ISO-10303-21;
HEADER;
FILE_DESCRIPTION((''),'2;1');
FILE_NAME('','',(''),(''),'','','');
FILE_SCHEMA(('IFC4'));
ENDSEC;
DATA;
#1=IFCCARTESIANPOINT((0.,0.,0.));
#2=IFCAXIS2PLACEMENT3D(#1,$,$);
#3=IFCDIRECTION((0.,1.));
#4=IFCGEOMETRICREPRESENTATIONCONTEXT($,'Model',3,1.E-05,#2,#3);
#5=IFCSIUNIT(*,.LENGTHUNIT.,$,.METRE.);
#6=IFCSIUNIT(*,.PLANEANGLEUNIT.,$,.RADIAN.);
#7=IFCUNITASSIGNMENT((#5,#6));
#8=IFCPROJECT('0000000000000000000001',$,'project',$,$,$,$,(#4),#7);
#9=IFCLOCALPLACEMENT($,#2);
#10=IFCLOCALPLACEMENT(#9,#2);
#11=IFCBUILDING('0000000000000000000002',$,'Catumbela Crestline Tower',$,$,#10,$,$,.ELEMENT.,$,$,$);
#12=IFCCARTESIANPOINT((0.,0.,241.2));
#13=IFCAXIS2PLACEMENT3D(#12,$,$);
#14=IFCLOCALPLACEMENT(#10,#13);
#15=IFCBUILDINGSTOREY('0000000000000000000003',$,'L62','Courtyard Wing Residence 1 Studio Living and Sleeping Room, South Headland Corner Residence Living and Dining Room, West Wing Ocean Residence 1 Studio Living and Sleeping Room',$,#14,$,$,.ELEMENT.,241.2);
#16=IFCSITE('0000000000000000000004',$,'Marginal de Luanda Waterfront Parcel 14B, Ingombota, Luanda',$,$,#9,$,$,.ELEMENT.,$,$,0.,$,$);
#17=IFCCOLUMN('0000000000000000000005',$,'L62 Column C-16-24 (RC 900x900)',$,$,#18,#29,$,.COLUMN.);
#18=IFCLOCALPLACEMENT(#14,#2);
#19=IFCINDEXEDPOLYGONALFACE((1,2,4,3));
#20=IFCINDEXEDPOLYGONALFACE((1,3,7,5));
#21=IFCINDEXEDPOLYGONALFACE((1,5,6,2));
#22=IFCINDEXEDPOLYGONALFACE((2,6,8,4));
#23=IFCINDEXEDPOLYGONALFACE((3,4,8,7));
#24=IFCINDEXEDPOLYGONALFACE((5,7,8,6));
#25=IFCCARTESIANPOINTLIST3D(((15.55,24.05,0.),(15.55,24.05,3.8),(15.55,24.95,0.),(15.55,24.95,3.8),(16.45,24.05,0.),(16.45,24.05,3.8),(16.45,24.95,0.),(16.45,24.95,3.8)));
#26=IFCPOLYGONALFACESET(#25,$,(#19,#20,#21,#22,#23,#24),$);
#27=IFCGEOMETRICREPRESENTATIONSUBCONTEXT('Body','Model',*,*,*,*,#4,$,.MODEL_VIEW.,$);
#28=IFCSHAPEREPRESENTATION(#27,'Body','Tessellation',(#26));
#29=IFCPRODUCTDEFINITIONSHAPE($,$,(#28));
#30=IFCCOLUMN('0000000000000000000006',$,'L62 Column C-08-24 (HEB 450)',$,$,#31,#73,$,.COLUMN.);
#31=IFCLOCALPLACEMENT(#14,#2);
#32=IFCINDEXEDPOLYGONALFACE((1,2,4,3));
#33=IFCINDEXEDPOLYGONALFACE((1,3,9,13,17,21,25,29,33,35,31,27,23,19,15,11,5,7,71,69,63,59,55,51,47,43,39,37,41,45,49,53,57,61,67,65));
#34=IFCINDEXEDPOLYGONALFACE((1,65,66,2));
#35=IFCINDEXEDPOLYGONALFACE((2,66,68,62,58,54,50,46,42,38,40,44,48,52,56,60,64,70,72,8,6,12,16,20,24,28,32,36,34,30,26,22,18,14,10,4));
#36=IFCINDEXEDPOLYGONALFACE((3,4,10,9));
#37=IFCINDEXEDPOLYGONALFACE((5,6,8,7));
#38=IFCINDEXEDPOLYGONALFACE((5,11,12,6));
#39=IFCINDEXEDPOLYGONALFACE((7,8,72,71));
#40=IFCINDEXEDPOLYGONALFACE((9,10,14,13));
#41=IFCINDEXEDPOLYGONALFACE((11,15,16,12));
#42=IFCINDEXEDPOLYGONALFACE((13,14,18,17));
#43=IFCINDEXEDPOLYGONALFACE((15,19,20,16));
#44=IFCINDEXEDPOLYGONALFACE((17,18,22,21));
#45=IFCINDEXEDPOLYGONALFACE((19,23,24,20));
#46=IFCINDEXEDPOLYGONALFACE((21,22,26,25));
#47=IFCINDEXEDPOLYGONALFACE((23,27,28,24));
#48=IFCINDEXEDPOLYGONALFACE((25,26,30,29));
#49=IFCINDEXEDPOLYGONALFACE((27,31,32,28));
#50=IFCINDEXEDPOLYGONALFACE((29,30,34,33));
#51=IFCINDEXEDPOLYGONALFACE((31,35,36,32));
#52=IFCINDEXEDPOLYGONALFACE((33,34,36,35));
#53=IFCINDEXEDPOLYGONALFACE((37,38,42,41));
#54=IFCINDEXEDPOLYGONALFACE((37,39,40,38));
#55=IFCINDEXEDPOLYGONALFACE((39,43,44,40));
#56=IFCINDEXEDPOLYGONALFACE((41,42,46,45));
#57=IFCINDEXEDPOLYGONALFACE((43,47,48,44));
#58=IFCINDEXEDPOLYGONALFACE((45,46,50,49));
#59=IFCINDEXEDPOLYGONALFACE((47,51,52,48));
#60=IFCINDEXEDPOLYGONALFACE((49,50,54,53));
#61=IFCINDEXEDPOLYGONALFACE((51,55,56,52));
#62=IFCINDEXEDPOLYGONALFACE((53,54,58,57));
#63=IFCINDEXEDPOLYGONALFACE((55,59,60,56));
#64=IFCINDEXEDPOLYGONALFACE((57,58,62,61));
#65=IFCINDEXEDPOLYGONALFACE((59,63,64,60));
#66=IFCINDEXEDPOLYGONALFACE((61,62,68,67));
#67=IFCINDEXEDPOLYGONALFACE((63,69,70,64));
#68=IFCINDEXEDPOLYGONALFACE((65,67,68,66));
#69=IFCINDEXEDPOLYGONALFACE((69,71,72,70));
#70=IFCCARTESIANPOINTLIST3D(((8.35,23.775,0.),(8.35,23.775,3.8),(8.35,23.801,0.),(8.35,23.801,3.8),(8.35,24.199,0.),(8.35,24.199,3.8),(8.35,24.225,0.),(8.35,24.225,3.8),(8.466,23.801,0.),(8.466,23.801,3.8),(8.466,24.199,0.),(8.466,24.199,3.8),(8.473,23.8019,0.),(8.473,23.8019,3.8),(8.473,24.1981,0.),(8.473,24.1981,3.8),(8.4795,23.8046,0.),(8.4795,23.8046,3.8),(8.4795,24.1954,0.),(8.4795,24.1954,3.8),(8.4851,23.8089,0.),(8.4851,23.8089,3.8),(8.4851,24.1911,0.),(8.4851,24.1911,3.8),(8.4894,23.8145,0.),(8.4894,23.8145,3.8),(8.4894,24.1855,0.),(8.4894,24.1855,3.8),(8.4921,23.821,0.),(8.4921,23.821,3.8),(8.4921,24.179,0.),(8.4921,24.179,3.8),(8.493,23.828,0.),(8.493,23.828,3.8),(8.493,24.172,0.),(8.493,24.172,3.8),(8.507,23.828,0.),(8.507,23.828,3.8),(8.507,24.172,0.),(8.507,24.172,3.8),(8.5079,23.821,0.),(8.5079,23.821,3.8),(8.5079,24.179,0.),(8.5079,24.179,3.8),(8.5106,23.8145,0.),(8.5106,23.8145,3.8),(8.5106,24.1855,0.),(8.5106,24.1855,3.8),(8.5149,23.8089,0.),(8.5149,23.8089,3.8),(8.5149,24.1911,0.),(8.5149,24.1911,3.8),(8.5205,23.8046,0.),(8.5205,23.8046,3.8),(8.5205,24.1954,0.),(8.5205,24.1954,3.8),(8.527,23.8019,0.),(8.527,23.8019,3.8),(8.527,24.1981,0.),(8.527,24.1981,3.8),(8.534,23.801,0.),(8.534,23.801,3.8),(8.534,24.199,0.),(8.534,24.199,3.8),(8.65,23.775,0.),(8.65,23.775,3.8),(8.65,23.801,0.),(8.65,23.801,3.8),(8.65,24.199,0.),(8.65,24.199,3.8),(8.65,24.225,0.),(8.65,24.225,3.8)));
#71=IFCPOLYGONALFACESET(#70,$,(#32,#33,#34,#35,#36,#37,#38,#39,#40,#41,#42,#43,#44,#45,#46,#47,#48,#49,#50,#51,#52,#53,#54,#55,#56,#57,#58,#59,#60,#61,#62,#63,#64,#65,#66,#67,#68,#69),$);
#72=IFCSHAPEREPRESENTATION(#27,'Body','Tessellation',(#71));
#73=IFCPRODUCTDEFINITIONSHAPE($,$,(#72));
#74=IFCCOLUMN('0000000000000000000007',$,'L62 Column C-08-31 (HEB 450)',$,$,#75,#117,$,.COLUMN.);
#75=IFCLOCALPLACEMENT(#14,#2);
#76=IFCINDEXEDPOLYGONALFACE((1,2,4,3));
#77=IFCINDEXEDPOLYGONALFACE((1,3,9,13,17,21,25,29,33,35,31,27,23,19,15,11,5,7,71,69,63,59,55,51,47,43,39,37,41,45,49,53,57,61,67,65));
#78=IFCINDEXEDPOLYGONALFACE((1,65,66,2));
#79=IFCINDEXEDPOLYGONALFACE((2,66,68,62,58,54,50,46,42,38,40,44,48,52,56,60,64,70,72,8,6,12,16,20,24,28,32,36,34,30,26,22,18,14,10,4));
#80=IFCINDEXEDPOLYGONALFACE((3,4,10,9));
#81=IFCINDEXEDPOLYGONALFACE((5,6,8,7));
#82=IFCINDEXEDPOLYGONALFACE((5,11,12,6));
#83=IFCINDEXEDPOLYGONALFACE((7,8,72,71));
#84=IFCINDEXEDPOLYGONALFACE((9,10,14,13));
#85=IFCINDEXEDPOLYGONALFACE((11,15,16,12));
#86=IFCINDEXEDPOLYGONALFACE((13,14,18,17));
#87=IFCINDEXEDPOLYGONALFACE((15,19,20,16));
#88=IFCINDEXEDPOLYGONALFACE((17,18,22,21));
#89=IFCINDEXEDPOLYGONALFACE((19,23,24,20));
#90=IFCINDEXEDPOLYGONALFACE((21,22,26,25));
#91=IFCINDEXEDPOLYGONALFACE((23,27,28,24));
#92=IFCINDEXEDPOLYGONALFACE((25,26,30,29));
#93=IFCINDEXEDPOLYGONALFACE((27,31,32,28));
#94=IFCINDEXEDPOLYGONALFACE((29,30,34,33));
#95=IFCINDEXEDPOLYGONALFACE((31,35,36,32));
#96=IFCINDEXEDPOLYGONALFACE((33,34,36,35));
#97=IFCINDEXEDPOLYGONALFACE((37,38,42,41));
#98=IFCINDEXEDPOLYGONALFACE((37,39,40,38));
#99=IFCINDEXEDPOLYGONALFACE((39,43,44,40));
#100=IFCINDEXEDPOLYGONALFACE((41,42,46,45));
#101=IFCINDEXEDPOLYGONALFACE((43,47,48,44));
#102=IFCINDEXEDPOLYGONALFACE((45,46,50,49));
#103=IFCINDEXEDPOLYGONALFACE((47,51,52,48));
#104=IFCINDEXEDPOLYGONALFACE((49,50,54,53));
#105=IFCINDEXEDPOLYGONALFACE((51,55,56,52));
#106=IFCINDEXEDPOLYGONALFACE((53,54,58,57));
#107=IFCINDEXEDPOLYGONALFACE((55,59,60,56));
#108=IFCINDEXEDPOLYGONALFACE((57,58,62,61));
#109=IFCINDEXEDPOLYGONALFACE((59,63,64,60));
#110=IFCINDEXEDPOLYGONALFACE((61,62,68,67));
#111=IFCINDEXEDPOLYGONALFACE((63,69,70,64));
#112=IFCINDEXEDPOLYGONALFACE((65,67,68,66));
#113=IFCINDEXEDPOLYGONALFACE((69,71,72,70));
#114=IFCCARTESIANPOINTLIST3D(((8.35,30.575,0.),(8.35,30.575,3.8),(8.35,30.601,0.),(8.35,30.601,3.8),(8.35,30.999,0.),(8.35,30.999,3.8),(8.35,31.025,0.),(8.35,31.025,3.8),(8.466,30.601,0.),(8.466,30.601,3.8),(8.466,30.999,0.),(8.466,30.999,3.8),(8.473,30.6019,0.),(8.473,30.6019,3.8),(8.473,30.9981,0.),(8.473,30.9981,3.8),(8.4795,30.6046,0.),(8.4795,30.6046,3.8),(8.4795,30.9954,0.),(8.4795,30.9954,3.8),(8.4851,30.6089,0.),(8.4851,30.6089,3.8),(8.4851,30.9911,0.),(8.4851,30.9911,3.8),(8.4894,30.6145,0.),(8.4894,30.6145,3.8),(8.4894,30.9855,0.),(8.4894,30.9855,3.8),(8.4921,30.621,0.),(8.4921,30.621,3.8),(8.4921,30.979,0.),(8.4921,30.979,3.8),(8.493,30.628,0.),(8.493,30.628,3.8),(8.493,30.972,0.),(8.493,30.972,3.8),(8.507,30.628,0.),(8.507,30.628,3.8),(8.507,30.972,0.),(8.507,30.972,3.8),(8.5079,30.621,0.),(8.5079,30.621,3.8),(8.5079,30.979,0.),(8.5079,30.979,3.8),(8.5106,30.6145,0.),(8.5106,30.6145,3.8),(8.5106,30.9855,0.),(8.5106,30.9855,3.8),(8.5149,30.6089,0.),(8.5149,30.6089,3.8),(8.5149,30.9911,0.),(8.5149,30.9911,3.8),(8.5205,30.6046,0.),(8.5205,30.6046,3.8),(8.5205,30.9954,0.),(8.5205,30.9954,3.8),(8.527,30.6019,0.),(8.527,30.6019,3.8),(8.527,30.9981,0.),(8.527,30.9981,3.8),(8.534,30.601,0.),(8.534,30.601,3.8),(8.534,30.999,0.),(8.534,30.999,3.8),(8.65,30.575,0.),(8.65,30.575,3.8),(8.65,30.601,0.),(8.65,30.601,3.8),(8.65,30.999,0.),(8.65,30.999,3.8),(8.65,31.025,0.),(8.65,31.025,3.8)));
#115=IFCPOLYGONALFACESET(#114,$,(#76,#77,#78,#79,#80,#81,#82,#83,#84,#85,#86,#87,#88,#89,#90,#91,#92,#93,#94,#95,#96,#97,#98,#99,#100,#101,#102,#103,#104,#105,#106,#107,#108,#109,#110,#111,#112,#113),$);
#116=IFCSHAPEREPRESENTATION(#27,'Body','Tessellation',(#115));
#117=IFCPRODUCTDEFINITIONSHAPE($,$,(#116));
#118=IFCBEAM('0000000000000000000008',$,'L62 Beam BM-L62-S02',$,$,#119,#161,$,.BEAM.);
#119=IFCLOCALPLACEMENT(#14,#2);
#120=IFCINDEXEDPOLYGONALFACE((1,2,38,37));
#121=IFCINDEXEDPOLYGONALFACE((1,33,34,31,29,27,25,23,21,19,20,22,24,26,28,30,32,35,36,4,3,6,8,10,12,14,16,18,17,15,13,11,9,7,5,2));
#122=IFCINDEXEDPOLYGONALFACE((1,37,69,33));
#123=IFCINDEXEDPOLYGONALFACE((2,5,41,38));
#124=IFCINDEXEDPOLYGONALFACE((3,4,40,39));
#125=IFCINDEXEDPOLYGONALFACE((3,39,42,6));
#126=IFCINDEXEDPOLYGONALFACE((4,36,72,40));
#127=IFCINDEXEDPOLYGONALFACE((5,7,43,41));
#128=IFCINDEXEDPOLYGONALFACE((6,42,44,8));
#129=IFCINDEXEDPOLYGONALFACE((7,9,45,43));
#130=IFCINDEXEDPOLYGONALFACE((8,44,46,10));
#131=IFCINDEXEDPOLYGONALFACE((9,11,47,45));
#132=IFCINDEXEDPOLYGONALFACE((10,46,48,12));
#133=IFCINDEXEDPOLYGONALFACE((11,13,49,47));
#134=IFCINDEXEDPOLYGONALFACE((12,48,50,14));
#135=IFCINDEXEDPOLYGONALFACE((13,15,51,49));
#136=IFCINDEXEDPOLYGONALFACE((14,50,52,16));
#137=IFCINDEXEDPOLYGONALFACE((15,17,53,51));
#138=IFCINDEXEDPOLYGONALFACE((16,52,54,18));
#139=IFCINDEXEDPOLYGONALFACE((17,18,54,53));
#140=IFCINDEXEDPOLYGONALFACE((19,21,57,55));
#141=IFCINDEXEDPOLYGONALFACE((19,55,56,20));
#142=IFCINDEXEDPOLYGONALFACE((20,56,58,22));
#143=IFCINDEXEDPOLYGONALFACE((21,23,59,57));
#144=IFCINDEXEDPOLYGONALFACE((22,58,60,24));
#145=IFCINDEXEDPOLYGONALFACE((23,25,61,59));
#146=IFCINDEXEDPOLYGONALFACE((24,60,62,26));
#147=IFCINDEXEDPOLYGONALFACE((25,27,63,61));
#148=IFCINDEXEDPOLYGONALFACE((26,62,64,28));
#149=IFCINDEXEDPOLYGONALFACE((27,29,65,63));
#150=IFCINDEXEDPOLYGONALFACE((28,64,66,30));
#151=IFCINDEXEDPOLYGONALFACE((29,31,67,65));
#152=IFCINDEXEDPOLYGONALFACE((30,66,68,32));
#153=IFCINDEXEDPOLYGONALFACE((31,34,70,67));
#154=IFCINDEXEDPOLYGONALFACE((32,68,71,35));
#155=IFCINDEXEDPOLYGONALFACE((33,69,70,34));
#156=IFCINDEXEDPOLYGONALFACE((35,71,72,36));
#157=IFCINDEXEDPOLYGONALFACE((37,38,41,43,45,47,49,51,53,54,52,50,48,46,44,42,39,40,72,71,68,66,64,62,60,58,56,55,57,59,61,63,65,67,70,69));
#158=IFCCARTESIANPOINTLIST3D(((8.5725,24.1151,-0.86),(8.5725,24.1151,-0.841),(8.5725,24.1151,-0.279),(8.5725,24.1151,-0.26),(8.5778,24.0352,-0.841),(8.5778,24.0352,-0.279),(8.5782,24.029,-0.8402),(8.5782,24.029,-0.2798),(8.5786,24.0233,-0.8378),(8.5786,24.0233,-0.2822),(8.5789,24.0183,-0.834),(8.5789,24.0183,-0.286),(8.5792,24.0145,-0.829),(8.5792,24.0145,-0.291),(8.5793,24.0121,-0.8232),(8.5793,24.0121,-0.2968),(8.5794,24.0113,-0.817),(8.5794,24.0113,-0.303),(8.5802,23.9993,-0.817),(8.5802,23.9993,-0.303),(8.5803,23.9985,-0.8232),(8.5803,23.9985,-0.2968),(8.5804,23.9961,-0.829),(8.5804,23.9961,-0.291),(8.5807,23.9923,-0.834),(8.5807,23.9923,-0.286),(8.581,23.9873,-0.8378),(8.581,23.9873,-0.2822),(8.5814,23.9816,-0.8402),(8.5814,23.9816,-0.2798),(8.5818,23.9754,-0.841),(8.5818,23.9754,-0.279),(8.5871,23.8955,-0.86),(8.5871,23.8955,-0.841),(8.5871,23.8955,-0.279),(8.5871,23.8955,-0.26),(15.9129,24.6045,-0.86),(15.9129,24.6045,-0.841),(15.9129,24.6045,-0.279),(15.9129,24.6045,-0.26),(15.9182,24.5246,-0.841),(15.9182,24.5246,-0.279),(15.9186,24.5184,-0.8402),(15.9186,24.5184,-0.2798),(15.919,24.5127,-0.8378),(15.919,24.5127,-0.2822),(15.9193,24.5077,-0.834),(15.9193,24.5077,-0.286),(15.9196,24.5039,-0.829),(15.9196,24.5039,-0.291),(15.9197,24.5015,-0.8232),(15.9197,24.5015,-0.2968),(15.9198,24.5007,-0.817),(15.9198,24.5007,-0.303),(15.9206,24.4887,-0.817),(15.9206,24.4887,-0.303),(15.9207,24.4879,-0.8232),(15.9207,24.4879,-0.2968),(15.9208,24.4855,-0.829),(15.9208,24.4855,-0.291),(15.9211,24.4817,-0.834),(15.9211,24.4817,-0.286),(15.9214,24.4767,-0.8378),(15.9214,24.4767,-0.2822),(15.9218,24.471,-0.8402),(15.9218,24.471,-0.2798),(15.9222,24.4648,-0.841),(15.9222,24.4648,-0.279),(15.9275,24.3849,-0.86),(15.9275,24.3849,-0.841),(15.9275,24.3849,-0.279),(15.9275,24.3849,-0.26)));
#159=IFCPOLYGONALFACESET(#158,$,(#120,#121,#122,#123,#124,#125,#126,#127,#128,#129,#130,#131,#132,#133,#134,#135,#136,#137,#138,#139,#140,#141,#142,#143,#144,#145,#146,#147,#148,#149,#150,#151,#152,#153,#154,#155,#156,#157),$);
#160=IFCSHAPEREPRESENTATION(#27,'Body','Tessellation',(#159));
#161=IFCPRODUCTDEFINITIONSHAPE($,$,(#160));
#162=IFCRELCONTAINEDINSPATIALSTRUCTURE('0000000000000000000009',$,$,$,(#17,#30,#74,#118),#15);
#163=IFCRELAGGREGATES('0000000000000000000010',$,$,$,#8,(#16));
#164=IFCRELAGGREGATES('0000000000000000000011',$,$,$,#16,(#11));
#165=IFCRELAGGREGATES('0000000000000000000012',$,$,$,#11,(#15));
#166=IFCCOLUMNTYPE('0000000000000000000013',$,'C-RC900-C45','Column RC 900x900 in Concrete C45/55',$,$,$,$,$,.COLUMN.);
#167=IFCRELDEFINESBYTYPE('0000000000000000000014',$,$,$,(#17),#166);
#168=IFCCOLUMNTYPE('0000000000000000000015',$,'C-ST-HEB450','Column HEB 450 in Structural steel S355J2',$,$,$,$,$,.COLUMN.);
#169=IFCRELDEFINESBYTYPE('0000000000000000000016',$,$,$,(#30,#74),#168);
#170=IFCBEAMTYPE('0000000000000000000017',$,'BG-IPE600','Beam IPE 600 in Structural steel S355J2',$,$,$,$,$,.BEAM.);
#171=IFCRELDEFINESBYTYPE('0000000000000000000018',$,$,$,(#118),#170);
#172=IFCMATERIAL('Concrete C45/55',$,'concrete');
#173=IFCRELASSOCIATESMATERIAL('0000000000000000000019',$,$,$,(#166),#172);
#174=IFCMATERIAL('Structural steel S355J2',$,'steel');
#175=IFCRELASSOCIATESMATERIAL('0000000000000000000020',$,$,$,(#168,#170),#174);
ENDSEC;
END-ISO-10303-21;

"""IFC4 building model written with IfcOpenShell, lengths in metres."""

from ifc_helpers import new_model, si_unit, direction, frame, origin, origin_2d, place, context, subcontext, project, spatial, rectangle, i_section, extrude, material, material_profile, profile_set, type_object, element, save


model = new_model("IFC4")

# Units and contexts
model_context = context("Model", 3, precision=1e-05, world=origin(), true_north=direction((0.0, 1.0)))
body_context = subcontext(model_context, "Body", "Model", "MODEL_VIEW")
ifc_project = project(units=[si_unit("LENGTHUNIT", "METRE"), si_unit("PLANEANGLEUNIT", "RADIAN")], contexts=[model_context])

# Site, building, storey
site_placement = place(None, origin())
site = spatial("IfcSite", under=ifc_project, at=site_placement, Name="Marginal de Luanda Waterfront Parcel 14B, Ingombota, Luanda", CompositionType="ELEMENT", RefElevation=0.0)
building_placement = place(site_placement, origin())
building = spatial("IfcBuilding", under=site, at=building_placement, Name="Catumbela Crestline Tower", CompositionType="ELEMENT")
storey_placement = place(building_placement, frame((0.0, 0.0, 241.2)))
storey = spatial("IfcBuildingStorey", under=building, at=storey_placement, Name="L62", Description="Courtyard Wing Residence 1 Studio Living and Sleeping Room, South Headland Corner Residence Living and Dining Room, West Wing Ocean Residence 1 Studio Living and Sleeping Room", CompositionType="ELEMENT", Elevation=241.2)

# Columns
ifc_material_1 = material(Name="Concrete C45/55", Category="concrete")
ifc_material_profile_1 = material_profile(ifc_material_1, rectangle(XDim=0.9, YDim=0.9, at=origin_2d()), Name="RC 900x900")
ifc_profile_set_1 = profile_set([ifc_material_profile_1], Name="Concrete C45/55")
column_type_1 = type_object("IfcColumnType", Name="C-RC900-C45", Description="Column RC 900x900 in Concrete C45/55", PredefinedType="COLUMN", material=ifc_profile_set_1)
column_placement = place(storey_placement, frame((16.0, 24.5, 0.0), z_axis=(0.0, 0.0, 1.0), x_axis=(1.0, 0.0, 0.0)))
element("IfcColumn", 1, at=column_placement, inside=storey, type_object=column_type_1, Name="L62 Column C-16-24 (RC 900x900)", PredefinedType="COLUMN", context=body_context, shape_type="SweptSolid", body=[
    extrude(rectangle(XDim=0.9, YDim=0.9, at=origin_2d()), origin(), (0.0, 0.0, 1.0), 3.8),
])
ifc_material_2 = material(Name="Structural steel S355J2", Category="steel")
ifc_material_profile_2 = material_profile(ifc_material_2, i_section(OverallWidth=0.3, OverallDepth=0.45, WebThickness=0.014, FlangeThickness=0.026, FilletRadius=0.027, at=origin_2d()), Name="HEB 450")
ifc_profile_set_2 = profile_set([ifc_material_profile_2], Name="Structural steel S355J2")
column_type_2 = type_object("IfcColumnType", Name="C-ST-HEB450", Description="Column HEB 450 in Structural steel S355J2", PredefinedType="COLUMN", material=ifc_profile_set_2)
for number, where, z_axis, x_axis, name in (
    (2, (8.5, 24.0, 0.0), (0.0, 0.0, 1.0), (1.0, 0.0, 0.0), "L62 Column C-08-24 (HEB 450)"),
    (3, (8.5, 30.8, 0.0), (0.0, 0.0, 1.0), (1.0, 0.0, 0.0), "L62 Column C-08-31 (HEB 450)"),
):
    element("IfcColumn", number, at=place(storey_placement, frame(where, z_axis=z_axis, x_axis=x_axis)), inside=storey, type_object=column_type_2, Name=name, PredefinedType="COLUMN", context=body_context, shape_type="SweptSolid", body=[
        extrude(i_section(OverallWidth=0.3, OverallDepth=0.45, WebThickness=0.014, FlangeThickness=0.026, FilletRadius=0.027, at=origin_2d()), origin(), (0.0, 0.0, 1.0), 3.8),
    ])

# Beam
ifc_material_profile_3 = material_profile(ifc_material_2, i_section(OverallWidth=0.22, OverallDepth=0.6, WebThickness=0.012, FlangeThickness=0.019, FilletRadius=0.024, at=origin_2d()), Name="IPE 600")
ifc_profile_set_3 = profile_set([ifc_material_profile_3], Name="Structural steel S355J2")
beam_type = type_object("IfcBeamType", Name="BG-IPE600", Description="Beam IPE 600 in Structural steel S355J2", PredefinedType="BEAM", material=ifc_profile_set_3)
beam_1_placement = place(storey_placement, frame((8.5798, 24.0053, -0.56), z_axis=(0.997785, 0.066524, 0.0), x_axis=(-0.066524, 0.997785, 0.0)))
element("IfcBeam", 4, at=beam_1_placement, inside=storey, type_object=beam_type, Name="L62 Beam BM-L62-S02", PredefinedType="BEAM", context=body_context, shape_type="SweptSolid", body=[
    extrude(i_section(OverallWidth=0.22, OverallDepth=0.6, WebThickness=0.012, FlangeThickness=0.019, FilletRadius=0.024, at=origin_2d()), origin(), (0.0, 0.0, 1.0), 7.3567),
])

save(model, "model.ifc")
